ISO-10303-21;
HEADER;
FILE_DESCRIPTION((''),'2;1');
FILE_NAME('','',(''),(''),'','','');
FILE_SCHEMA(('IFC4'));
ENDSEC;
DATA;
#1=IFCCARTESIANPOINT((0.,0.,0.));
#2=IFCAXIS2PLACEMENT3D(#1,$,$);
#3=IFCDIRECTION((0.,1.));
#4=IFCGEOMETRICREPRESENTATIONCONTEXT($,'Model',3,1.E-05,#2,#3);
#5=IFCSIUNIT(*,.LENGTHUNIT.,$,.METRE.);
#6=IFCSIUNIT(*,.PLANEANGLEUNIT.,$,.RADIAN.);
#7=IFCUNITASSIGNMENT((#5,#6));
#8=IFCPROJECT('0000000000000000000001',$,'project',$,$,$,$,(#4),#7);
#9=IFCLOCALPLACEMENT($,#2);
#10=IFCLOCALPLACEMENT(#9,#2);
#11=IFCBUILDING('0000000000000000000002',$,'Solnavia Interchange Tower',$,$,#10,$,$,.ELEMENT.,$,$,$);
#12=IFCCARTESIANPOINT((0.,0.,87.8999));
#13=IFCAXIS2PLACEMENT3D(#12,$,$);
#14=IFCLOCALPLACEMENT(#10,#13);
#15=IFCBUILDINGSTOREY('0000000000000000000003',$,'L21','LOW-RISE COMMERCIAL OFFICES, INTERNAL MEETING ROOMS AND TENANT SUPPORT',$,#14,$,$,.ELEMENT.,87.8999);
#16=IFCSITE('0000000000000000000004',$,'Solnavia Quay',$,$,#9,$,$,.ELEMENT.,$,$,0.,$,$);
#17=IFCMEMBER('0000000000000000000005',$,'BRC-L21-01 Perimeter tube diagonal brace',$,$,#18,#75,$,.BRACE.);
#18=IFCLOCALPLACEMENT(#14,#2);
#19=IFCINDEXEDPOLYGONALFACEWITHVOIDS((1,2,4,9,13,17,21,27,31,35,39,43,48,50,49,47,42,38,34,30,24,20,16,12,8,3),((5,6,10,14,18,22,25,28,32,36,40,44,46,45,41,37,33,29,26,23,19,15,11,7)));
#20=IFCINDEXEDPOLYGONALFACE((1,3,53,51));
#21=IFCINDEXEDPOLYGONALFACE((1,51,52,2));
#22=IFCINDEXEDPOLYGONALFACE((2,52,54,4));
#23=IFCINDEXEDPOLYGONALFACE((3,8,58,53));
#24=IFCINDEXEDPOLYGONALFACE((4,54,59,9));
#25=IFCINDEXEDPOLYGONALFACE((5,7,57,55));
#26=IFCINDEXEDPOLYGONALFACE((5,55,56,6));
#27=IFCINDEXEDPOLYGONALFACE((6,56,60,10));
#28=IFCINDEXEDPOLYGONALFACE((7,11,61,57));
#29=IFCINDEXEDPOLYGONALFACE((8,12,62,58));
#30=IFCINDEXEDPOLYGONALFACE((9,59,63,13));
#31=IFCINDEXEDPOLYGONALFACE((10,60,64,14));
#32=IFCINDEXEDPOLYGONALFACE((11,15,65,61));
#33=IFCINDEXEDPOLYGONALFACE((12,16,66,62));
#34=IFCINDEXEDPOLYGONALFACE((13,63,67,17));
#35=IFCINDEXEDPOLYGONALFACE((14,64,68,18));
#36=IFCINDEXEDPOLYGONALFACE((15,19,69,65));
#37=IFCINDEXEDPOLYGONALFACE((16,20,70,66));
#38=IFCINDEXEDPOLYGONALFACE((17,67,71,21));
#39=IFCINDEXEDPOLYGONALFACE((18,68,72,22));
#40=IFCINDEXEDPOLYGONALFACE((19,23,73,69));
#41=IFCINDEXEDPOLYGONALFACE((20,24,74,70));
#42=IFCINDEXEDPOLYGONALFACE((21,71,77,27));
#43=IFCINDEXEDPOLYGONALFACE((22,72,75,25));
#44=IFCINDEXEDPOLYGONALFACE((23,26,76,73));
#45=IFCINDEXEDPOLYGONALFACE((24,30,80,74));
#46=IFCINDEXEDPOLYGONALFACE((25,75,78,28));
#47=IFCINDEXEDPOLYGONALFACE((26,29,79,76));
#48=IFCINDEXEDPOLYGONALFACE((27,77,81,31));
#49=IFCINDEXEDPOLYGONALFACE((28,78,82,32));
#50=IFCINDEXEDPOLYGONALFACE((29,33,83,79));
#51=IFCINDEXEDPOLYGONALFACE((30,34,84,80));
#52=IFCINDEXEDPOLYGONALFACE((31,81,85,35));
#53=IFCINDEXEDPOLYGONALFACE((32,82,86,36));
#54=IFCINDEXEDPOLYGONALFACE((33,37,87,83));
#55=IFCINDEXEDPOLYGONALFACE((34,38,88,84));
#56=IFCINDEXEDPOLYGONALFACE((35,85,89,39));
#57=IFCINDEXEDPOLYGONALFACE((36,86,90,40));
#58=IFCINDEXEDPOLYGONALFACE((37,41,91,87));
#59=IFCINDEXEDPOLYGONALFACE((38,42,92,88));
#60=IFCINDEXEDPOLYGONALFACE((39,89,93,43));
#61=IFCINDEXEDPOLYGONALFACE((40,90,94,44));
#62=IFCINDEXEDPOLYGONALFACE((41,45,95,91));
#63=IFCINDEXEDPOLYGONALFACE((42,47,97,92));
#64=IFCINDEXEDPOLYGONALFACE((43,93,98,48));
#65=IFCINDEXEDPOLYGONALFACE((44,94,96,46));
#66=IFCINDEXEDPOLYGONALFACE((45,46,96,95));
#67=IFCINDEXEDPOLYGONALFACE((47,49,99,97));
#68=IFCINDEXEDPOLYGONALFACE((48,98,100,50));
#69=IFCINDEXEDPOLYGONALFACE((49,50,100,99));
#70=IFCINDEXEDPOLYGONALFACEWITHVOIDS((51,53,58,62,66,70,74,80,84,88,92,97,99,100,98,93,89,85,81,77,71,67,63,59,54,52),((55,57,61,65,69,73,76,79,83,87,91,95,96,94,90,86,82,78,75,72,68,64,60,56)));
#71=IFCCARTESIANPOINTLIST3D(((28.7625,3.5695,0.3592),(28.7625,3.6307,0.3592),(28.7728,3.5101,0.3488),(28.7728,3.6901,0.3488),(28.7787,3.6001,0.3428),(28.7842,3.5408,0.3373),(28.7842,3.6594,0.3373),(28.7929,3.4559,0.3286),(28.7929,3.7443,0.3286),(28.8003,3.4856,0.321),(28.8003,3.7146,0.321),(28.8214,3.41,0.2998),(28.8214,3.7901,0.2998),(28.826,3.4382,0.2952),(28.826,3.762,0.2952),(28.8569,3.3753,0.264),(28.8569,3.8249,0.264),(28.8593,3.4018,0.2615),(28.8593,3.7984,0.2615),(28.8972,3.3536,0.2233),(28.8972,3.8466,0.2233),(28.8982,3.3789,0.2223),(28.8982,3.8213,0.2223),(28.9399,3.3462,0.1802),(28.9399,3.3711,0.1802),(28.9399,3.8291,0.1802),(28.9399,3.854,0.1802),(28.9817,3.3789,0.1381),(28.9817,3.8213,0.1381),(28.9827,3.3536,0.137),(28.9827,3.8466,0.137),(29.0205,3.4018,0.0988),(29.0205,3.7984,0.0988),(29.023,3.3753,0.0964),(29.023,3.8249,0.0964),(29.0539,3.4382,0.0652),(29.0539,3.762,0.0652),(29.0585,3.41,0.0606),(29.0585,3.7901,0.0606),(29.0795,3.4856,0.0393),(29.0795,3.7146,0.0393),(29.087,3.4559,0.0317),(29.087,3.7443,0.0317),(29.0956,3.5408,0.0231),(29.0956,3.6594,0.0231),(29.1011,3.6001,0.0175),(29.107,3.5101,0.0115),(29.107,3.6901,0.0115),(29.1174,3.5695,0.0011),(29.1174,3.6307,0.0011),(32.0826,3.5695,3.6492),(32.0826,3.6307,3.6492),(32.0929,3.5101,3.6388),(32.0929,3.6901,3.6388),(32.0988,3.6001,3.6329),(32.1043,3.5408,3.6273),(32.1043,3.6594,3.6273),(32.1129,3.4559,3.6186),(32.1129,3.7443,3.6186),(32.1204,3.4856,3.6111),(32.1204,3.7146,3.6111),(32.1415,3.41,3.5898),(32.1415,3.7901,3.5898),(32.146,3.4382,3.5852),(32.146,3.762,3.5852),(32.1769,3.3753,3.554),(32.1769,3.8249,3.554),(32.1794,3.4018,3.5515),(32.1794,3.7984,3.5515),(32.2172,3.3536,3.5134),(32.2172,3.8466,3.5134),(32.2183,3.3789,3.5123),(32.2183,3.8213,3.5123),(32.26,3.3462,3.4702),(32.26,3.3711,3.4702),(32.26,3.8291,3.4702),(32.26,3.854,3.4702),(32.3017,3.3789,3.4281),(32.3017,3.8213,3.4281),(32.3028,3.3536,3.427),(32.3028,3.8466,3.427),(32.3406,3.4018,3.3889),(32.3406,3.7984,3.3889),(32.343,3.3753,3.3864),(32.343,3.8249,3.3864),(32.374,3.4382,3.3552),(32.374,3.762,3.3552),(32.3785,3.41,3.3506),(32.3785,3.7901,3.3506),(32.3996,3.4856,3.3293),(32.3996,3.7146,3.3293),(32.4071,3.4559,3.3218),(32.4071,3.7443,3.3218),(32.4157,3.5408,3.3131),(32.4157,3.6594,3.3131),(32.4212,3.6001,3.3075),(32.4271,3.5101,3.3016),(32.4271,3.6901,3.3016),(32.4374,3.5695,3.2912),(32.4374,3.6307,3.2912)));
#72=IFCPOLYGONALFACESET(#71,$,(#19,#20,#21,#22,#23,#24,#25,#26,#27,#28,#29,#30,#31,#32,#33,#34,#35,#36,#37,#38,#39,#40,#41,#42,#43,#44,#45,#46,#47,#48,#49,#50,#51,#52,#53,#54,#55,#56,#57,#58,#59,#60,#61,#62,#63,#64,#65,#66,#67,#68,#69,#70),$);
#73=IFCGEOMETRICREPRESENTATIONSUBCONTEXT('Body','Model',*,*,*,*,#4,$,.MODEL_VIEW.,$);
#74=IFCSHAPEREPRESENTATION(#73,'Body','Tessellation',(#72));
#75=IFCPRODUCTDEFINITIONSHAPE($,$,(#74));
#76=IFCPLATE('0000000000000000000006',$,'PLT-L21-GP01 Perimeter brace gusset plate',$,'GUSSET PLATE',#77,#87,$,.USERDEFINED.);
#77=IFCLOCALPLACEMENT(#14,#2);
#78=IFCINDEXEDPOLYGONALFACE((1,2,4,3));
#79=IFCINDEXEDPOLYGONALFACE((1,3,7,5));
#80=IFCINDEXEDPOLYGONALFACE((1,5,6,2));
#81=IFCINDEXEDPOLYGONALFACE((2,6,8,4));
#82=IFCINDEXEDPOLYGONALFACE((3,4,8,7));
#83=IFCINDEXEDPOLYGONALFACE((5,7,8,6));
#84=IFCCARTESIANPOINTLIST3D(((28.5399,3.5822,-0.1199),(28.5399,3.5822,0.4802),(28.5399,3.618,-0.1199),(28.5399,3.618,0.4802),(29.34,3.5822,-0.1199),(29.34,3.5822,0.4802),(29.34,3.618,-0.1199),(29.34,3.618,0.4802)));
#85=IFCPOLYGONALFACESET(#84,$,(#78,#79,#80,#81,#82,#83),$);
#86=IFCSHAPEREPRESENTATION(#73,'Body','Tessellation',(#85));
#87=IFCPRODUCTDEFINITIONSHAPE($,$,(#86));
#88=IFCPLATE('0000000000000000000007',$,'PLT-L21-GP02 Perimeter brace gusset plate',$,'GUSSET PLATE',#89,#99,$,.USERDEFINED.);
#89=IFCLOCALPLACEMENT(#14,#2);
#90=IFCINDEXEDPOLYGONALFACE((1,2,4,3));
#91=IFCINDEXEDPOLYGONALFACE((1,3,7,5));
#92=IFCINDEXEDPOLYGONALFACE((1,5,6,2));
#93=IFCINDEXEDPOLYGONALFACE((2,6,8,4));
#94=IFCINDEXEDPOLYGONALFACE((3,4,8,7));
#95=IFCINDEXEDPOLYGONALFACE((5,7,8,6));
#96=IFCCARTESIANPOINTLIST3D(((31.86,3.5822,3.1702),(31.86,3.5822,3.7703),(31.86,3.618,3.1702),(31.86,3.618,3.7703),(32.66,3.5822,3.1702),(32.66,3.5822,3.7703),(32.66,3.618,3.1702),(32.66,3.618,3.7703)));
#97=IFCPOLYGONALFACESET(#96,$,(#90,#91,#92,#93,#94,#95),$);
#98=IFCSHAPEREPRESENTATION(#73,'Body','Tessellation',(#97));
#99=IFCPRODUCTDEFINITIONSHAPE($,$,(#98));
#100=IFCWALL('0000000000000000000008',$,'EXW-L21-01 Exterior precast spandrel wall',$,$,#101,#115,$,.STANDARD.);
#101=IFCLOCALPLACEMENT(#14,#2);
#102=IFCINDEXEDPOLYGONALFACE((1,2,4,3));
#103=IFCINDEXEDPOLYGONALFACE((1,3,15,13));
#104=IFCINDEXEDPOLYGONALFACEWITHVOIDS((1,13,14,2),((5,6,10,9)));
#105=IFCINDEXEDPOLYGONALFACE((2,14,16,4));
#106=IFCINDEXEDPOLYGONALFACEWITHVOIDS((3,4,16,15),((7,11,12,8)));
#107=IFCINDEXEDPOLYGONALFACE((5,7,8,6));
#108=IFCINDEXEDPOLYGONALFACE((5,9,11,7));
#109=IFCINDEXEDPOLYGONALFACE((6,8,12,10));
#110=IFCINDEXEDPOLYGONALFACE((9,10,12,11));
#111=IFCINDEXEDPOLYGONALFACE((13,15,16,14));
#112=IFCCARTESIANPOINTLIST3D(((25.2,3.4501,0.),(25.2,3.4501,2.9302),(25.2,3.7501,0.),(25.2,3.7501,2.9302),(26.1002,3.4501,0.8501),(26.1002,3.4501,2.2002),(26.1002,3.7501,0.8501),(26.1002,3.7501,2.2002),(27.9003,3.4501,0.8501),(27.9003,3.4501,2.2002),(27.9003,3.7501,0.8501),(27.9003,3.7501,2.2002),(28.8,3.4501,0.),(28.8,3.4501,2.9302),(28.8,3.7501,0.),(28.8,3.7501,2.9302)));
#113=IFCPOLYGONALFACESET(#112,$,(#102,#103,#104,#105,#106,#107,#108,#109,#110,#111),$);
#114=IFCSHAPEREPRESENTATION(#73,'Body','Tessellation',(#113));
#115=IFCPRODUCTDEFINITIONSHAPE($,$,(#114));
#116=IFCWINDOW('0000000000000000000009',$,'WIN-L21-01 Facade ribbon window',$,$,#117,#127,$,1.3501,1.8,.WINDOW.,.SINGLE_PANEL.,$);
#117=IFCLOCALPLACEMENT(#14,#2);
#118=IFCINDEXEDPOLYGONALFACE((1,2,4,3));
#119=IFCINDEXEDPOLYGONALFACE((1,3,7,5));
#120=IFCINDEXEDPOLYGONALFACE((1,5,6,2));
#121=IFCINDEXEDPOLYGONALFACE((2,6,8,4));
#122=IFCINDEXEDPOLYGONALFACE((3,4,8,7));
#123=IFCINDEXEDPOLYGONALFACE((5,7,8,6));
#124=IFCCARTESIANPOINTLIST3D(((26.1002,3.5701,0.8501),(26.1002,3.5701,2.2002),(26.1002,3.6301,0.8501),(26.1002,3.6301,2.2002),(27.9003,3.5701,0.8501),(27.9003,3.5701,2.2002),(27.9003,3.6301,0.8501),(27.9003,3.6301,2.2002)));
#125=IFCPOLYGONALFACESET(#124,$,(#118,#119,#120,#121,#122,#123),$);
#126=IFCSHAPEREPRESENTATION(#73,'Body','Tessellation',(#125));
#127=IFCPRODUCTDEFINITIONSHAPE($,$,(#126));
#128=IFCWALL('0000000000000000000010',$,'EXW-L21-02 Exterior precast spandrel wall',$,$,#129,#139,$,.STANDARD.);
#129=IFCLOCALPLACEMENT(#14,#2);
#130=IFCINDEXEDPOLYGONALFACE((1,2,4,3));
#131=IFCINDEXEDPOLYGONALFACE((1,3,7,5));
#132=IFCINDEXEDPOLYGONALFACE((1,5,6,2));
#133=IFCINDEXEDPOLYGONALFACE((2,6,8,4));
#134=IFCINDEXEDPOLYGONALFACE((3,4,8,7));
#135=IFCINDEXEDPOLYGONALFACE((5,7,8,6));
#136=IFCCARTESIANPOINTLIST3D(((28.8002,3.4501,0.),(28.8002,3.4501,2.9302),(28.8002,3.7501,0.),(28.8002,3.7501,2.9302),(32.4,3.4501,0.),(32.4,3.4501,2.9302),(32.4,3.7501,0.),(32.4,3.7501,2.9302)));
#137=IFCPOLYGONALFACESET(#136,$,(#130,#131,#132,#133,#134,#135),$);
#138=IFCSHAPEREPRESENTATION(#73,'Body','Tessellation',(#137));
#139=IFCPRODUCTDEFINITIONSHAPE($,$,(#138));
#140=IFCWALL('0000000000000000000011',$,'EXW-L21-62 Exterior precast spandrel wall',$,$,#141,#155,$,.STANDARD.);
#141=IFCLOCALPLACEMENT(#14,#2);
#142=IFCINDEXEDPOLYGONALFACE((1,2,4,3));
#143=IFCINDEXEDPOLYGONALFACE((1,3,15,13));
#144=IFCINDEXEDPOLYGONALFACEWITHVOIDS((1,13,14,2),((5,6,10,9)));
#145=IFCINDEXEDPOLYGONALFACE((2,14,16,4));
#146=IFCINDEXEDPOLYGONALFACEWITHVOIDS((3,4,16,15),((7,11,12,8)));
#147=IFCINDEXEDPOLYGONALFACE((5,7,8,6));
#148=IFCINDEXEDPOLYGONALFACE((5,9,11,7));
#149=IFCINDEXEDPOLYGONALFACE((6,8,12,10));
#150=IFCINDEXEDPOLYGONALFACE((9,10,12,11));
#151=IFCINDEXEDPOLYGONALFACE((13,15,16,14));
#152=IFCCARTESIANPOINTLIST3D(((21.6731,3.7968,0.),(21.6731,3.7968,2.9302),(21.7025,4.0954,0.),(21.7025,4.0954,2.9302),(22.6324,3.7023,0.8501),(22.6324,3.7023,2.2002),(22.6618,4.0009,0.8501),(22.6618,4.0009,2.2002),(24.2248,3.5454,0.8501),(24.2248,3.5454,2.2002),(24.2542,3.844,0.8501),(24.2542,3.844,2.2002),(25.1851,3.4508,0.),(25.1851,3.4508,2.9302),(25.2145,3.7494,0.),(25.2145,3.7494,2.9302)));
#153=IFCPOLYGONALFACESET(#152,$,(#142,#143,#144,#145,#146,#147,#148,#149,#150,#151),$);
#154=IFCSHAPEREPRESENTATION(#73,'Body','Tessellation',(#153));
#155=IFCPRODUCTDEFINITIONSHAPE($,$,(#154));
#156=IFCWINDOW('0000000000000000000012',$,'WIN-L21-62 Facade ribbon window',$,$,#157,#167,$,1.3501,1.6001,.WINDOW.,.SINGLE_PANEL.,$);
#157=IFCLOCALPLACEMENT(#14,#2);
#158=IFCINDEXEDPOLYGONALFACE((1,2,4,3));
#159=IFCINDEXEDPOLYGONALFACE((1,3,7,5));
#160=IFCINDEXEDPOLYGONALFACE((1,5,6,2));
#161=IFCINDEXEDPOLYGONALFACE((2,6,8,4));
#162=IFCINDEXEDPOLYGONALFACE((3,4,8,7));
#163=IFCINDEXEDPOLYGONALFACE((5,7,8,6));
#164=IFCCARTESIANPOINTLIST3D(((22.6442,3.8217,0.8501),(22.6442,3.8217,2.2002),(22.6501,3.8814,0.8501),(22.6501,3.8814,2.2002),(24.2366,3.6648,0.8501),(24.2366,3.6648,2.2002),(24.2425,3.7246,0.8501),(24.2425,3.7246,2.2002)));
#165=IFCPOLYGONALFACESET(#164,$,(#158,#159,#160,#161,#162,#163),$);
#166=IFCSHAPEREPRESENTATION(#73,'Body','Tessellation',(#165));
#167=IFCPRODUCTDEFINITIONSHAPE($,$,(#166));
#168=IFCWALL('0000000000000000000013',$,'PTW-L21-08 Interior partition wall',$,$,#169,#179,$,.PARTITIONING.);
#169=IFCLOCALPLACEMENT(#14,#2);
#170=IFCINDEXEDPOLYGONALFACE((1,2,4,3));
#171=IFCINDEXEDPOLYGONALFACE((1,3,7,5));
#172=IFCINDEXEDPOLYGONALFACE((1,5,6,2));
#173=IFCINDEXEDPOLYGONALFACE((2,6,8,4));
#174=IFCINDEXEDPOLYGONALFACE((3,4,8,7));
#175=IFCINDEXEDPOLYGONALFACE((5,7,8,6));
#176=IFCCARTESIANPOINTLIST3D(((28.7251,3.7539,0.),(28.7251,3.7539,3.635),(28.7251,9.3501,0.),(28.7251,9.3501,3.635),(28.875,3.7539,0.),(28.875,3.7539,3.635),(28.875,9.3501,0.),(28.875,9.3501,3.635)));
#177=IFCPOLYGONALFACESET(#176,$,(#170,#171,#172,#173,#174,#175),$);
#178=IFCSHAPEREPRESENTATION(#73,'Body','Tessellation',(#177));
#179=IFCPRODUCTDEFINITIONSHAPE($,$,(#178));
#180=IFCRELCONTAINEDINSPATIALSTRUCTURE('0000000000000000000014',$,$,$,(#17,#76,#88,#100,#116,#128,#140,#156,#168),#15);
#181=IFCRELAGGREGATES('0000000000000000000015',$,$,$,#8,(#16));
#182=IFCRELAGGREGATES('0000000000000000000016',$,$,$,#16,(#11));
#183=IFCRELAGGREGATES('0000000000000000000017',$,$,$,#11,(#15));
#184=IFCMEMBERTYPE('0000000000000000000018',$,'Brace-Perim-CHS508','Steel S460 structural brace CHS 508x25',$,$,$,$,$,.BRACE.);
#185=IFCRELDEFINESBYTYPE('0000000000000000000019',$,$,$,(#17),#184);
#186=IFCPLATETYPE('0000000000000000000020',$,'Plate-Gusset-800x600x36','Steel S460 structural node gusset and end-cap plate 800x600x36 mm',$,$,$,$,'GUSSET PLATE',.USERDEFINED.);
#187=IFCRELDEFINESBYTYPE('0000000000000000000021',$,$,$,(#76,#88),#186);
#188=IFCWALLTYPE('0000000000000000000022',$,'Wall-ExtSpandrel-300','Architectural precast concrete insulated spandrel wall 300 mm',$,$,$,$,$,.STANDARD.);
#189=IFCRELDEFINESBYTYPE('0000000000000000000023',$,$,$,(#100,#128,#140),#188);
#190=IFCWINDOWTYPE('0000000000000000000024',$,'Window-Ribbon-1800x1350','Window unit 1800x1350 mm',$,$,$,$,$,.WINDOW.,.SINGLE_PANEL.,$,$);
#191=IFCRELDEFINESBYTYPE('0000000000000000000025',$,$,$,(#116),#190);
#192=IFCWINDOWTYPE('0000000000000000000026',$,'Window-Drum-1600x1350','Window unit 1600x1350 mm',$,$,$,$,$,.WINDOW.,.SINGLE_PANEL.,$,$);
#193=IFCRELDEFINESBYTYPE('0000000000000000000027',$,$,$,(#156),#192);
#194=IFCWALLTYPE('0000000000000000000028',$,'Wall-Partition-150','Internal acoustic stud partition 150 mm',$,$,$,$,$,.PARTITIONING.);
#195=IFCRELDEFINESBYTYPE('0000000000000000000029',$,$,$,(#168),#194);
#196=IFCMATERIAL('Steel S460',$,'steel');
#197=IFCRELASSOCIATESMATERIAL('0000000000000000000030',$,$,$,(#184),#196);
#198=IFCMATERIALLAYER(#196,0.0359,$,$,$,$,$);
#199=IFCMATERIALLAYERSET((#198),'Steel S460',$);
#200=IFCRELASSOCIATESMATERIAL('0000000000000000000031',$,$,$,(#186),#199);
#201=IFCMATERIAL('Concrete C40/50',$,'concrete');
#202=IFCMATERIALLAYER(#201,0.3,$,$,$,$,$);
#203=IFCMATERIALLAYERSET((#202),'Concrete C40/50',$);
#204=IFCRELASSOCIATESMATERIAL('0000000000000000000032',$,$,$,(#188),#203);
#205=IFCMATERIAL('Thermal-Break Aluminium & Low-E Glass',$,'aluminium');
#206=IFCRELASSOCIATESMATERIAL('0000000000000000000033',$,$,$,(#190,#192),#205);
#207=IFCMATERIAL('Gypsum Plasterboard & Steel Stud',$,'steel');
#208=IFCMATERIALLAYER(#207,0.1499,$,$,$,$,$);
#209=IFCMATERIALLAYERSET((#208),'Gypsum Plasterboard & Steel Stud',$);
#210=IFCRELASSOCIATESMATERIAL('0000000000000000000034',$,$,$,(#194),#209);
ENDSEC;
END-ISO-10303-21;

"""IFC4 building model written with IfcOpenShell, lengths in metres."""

from ifc_helpers import new_model, si_unit, direction, frame, frame_2d, origin, origin_2d, place, context, subcontext, project, spatial, rectangle, hollow_circle, extrude, material, layer, layer_set, material_profile, profile_set, type_object, element, fill, save


model = new_model("IFC4")

# Units and contexts
model_context = context("Model", 3, precision=1e-05, world=origin(), true_north=direction((0.0, 1.0)))
body_context = subcontext(model_context, "Body", "Model", "MODEL_VIEW")
ifc_project = project(units=[si_unit("LENGTHUNIT", "METRE"), si_unit("PLANEANGLEUNIT", "RADIAN")], contexts=[model_context])

# Site, building, storey
site_placement = place(None, origin())
site = spatial("IfcSite", under=ifc_project, at=site_placement, Name="Solnavia Quay", CompositionType="ELEMENT", RefElevation=0.0)
building_placement = place(site_placement, origin())
building = spatial("IfcBuilding", under=site, at=building_placement, Name="Solnavia Interchange Tower", CompositionType="ELEMENT")
storey_placement = place(building_placement, frame((0.0, 0.0, 87.8999)))
storey = spatial("IfcBuildingStorey", under=building, at=storey_placement, Name="L21", Description="LOW-RISE COMMERCIAL OFFICES, INTERNAL MEETING ROOMS AND TENANT SUPPORT", CompositionType="ELEMENT", Elevation=87.8999)

# Member
ifc_material_1 = material(Name="Steel S460", Category="steel")
ifc_material_profile_1 = material_profile(ifc_material_1, hollow_circle(Radius=0.2539, WallThickness=0.0249, at=origin_2d()), Name="CHS 508x25")
ifc_profile_set_1 = profile_set([ifc_material_profile_1], Name="Steel S460")
member_type = type_object("IfcMemberType", Name="Brace-Perim-CHS508", Description="Steel S460 structural brace CHS 508x25", PredefinedType="BRACE", material=ifc_profile_set_1)
member_placement = place(storey_placement, frame((28.9399, 3.6001, 0.1802), z_axis=(0.710312, 0.0, 0.703887), x_axis=(0.0, 1.0, 0.0)))
element("IfcMember", 1, at=member_placement, inside=storey, type_object=member_type, Name="BRC-L21-01 Perimeter tube diagonal brace", PredefinedType="BRACE", context=body_context, shape_type="SweptSolid", body=[
    extrude(hollow_circle(Radius=0.2539, WallThickness=0.0249, at=origin_2d()), origin(), (0.0, 0.0, 1.0), 4.6741),
])

# Plates
ifc_layer_1 = layer(ifc_material_1, 0.0359)
ifc_layer_set_1 = layer_set([ifc_layer_1], Name="Steel S460")
plate_type = type_object("IfcPlateType", Name="Plate-Gusset-800x600x36", Description="Steel S460 structural node gusset and end-cap plate 800x600x36 mm", ElementType="GUSSET PLATE", PredefinedType="USERDEFINED", material=ifc_layer_set_1)
for number, where, z_axis, x_axis, name in (
    (2, (28.9399, 3.6001, -0.1199), (0.0, 0.0, 1.0), (1.0, 0.0, 0.0), "PLT-L21-GP01 Perimeter brace gusset plate"),
    (3, (32.26, 3.6001, 3.1702), (0.0, 0.0, 1.0), (1.0, 0.0, 0.0), "PLT-L21-GP02 Perimeter brace gusset plate"),
):
    element("IfcPlate", number, at=place(storey_placement, frame(where, z_axis=z_axis, x_axis=x_axis)), inside=storey, type_object=plate_type, Name=name, ObjectType="GUSSET PLATE", PredefinedType="USERDEFINED", context=body_context, shape_type="SweptSolid", body=[
        extrude(rectangle(XDim=0.8, YDim=0.0359, at=origin_2d()), origin(), (0.0, 0.0, 1.0), 0.6001),
    ])

# Wall, opening, window
ifc_material_2 = material(Name="Concrete C40/50", Category="concrete")
ifc_layer_2 = layer(ifc_material_2, 0.3)
ifc_layer_set_2 = layer_set([ifc_layer_2], Name="Concrete C40/50")
wall_type_1 = type_object("IfcWallType", Name="Wall-ExtSpandrel-300", Description="Architectural precast concrete insulated spandrel wall 300 mm", PredefinedType="STANDARD", material=ifc_layer_set_2)
wall_1_placement = place(storey_placement, frame((28.8, 3.6001, 0.0), z_axis=(0.0, 0.0, 1.0), x_axis=(-1.0, 0.0, 0.0)))
wall_1 = element("IfcWall", 4, at=wall_1_placement, inside=storey, type_object=wall_type_1, Name="EXW-L21-01 Exterior precast spandrel wall", PredefinedType="STANDARD", context=body_context, shape_type="SweptSolid", body=[
    extrude(rectangle(XDim=3.6001, YDim=0.3, at=frame_2d((1.8, 0.0))), origin(), (0.0, 0.0, 1.0), 2.9302),
])
opening_1_placement = place(wall_1_placement, frame((0.8999, 0.0, 0.8501)))
opening_1 = element("IfcOpeningElement", 5, at=opening_1_placement, cuts=wall_1, PredefinedType="OPENING", context=body_context, shape_type="SweptSolid", body=[
    extrude(rectangle(XDim=1.8, YDim=1.3501, at=frame_2d((0.8999, 0.675))), frame((0.0, 0.1602, 0.0), z_axis=(0.0, -1.0, 0.0), x_axis=(1.0, 0.0, 0.0)), (0.0, 0.0, 1.0), 0.3201),
])
ifc_material_3 = material(Name="Thermal-Break Aluminium & Low-E Glass", Category="aluminium")
window_type_1 = type_object("IfcWindowType", Name="Window-Ribbon-1800x1350", Description="Window unit 1800x1350 mm", PartitioningType="SINGLE_PANEL", PredefinedType="WINDOW", material=ifc_material_3)
window_1_placement = place(opening_1_placement, origin())
window_1 = element("IfcWindow", 6, at=window_1_placement, inside=storey, type_object=window_type_1, Name="WIN-L21-01 Facade ribbon window", OverallHeight=1.3501, OverallWidth=1.8, PartitioningType="SINGLE_PANEL", PredefinedType="WINDOW", context=body_context, shape_type="SweptSolid", body=[
    extrude(rectangle(XDim=1.8, YDim=1.3501, at=frame_2d((0.8999, 0.675))), frame((0.0, 0.03, 0.0), z_axis=(0.0, -1.0, 0.0), x_axis=(1.0, 0.0, 0.0)), (0.0, 0.0, 1.0), 0.0601),
])
fill(opening_1, window_1)

# Wall
wall_2_placement = place(storey_placement, frame((32.3999, 3.6001, 0.0), z_axis=(0.0, 0.0, 1.0), x_axis=(-1.0, 0.0, 0.0)))
element("IfcWall", 7, at=wall_2_placement, inside=storey, type_object=wall_type_1, Name="EXW-L21-02 Exterior precast spandrel wall", PredefinedType="STANDARD", context=body_context, shape_type="SweptSolid", body=[
    extrude(rectangle(XDim=3.5999, YDim=0.3, at=frame_2d((1.7998, 0.0))), origin(), (0.0, 0.0, 1.0), 2.9302),
])

# Wall, opening, window
wall_3_placement = place(storey_placement, frame((25.2, 3.6001, 0.0), z_axis=(0.0, 0.0, 1.0), x_axis=(-0.995183, 0.098031, 0.0)))
wall_3 = element("IfcWall", 8, at=wall_3_placement, inside=storey, type_object=wall_type_1, Name="EXW-L21-62 Exterior precast spandrel wall", PredefinedType="STANDARD", context=body_context, shape_type="SweptSolid", body=[
    extrude(rectangle(XDim=3.5291, YDim=0.3, at=frame_2d((1.7646, 0.0))), origin(), (0.0, 0.0, 1.0), 2.9302),
])
opening_2_placement = place(wall_3_placement, frame((0.9651, 0.0, 0.8501)))
opening_2 = element("IfcOpeningElement", 9, at=opening_2_placement, cuts=wall_3, PredefinedType="OPENING", context=body_context, shape_type="SweptSolid", body=[
    extrude(rectangle(XDim=1.6001, YDim=1.3501, at=frame_2d((0.8, 0.675))), frame((0.0, 0.1602, 0.0), z_axis=(0.0, -1.0, 0.0), x_axis=(1.0, 0.0, 0.0)), (0.0, 0.0, 1.0), 0.3201),
])
window_type_2 = type_object("IfcWindowType", Name="Window-Drum-1600x1350", Description="Window unit 1600x1350 mm", PartitioningType="SINGLE_PANEL", PredefinedType="WINDOW", material=ifc_material_3)
window_2_placement = place(opening_2_placement, origin())
window_2 = element("IfcWindow", 10, at=window_2_placement, inside=storey, type_object=window_type_2, Name="WIN-L21-62 Facade ribbon window", OverallHeight=1.3501, OverallWidth=1.6001, PartitioningType="SINGLE_PANEL", PredefinedType="WINDOW", context=body_context, shape_type="SweptSolid", body=[
    extrude(rectangle(XDim=1.6001, YDim=1.3501, at=frame_2d((0.8, 0.675))), frame((0.0, 0.03, 0.0), z_axis=(0.0, -1.0, 0.0), x_axis=(1.0, 0.0, 0.0)), (0.0, 0.0, 1.0), 0.0601),
])
fill(opening_2, window_2)

# Wall
ifc_material_4 = material(Name="Gypsum Plasterboard & Steel Stud", Category="steel")
ifc_layer_3 = layer(ifc_material_4, 0.1499)
ifc_layer_set_3 = layer_set([ifc_layer_3], Name="Gypsum Plasterboard & Steel Stud")
wall_type_2 = type_object("IfcWallType", Name="Wall-Partition-150", Description="Internal acoustic stud partition 150 mm", PredefinedType="PARTITIONING", material=ifc_layer_set_3)
wall_4_placement = place(storey_placement, frame((28.8, 9.3501, 0.0), z_axis=(0.0, 0.0, 1.0), x_axis=(0.0, -1.0, 0.0)))
element("IfcWall", 11, at=wall_4_placement, inside=storey, type_object=wall_type_2, Name="PTW-L21-08 Interior partition wall", PredefinedType="PARTITIONING", context=body_context, shape_type="SweptSolid", body=[
    extrude(rectangle(XDim=5.5962, YDim=0.1499, at=frame_2d((2.7981, 0.0))), origin(), (0.0, 0.0, 1.0), 3.635),
])

save(model, "model.ifc")
